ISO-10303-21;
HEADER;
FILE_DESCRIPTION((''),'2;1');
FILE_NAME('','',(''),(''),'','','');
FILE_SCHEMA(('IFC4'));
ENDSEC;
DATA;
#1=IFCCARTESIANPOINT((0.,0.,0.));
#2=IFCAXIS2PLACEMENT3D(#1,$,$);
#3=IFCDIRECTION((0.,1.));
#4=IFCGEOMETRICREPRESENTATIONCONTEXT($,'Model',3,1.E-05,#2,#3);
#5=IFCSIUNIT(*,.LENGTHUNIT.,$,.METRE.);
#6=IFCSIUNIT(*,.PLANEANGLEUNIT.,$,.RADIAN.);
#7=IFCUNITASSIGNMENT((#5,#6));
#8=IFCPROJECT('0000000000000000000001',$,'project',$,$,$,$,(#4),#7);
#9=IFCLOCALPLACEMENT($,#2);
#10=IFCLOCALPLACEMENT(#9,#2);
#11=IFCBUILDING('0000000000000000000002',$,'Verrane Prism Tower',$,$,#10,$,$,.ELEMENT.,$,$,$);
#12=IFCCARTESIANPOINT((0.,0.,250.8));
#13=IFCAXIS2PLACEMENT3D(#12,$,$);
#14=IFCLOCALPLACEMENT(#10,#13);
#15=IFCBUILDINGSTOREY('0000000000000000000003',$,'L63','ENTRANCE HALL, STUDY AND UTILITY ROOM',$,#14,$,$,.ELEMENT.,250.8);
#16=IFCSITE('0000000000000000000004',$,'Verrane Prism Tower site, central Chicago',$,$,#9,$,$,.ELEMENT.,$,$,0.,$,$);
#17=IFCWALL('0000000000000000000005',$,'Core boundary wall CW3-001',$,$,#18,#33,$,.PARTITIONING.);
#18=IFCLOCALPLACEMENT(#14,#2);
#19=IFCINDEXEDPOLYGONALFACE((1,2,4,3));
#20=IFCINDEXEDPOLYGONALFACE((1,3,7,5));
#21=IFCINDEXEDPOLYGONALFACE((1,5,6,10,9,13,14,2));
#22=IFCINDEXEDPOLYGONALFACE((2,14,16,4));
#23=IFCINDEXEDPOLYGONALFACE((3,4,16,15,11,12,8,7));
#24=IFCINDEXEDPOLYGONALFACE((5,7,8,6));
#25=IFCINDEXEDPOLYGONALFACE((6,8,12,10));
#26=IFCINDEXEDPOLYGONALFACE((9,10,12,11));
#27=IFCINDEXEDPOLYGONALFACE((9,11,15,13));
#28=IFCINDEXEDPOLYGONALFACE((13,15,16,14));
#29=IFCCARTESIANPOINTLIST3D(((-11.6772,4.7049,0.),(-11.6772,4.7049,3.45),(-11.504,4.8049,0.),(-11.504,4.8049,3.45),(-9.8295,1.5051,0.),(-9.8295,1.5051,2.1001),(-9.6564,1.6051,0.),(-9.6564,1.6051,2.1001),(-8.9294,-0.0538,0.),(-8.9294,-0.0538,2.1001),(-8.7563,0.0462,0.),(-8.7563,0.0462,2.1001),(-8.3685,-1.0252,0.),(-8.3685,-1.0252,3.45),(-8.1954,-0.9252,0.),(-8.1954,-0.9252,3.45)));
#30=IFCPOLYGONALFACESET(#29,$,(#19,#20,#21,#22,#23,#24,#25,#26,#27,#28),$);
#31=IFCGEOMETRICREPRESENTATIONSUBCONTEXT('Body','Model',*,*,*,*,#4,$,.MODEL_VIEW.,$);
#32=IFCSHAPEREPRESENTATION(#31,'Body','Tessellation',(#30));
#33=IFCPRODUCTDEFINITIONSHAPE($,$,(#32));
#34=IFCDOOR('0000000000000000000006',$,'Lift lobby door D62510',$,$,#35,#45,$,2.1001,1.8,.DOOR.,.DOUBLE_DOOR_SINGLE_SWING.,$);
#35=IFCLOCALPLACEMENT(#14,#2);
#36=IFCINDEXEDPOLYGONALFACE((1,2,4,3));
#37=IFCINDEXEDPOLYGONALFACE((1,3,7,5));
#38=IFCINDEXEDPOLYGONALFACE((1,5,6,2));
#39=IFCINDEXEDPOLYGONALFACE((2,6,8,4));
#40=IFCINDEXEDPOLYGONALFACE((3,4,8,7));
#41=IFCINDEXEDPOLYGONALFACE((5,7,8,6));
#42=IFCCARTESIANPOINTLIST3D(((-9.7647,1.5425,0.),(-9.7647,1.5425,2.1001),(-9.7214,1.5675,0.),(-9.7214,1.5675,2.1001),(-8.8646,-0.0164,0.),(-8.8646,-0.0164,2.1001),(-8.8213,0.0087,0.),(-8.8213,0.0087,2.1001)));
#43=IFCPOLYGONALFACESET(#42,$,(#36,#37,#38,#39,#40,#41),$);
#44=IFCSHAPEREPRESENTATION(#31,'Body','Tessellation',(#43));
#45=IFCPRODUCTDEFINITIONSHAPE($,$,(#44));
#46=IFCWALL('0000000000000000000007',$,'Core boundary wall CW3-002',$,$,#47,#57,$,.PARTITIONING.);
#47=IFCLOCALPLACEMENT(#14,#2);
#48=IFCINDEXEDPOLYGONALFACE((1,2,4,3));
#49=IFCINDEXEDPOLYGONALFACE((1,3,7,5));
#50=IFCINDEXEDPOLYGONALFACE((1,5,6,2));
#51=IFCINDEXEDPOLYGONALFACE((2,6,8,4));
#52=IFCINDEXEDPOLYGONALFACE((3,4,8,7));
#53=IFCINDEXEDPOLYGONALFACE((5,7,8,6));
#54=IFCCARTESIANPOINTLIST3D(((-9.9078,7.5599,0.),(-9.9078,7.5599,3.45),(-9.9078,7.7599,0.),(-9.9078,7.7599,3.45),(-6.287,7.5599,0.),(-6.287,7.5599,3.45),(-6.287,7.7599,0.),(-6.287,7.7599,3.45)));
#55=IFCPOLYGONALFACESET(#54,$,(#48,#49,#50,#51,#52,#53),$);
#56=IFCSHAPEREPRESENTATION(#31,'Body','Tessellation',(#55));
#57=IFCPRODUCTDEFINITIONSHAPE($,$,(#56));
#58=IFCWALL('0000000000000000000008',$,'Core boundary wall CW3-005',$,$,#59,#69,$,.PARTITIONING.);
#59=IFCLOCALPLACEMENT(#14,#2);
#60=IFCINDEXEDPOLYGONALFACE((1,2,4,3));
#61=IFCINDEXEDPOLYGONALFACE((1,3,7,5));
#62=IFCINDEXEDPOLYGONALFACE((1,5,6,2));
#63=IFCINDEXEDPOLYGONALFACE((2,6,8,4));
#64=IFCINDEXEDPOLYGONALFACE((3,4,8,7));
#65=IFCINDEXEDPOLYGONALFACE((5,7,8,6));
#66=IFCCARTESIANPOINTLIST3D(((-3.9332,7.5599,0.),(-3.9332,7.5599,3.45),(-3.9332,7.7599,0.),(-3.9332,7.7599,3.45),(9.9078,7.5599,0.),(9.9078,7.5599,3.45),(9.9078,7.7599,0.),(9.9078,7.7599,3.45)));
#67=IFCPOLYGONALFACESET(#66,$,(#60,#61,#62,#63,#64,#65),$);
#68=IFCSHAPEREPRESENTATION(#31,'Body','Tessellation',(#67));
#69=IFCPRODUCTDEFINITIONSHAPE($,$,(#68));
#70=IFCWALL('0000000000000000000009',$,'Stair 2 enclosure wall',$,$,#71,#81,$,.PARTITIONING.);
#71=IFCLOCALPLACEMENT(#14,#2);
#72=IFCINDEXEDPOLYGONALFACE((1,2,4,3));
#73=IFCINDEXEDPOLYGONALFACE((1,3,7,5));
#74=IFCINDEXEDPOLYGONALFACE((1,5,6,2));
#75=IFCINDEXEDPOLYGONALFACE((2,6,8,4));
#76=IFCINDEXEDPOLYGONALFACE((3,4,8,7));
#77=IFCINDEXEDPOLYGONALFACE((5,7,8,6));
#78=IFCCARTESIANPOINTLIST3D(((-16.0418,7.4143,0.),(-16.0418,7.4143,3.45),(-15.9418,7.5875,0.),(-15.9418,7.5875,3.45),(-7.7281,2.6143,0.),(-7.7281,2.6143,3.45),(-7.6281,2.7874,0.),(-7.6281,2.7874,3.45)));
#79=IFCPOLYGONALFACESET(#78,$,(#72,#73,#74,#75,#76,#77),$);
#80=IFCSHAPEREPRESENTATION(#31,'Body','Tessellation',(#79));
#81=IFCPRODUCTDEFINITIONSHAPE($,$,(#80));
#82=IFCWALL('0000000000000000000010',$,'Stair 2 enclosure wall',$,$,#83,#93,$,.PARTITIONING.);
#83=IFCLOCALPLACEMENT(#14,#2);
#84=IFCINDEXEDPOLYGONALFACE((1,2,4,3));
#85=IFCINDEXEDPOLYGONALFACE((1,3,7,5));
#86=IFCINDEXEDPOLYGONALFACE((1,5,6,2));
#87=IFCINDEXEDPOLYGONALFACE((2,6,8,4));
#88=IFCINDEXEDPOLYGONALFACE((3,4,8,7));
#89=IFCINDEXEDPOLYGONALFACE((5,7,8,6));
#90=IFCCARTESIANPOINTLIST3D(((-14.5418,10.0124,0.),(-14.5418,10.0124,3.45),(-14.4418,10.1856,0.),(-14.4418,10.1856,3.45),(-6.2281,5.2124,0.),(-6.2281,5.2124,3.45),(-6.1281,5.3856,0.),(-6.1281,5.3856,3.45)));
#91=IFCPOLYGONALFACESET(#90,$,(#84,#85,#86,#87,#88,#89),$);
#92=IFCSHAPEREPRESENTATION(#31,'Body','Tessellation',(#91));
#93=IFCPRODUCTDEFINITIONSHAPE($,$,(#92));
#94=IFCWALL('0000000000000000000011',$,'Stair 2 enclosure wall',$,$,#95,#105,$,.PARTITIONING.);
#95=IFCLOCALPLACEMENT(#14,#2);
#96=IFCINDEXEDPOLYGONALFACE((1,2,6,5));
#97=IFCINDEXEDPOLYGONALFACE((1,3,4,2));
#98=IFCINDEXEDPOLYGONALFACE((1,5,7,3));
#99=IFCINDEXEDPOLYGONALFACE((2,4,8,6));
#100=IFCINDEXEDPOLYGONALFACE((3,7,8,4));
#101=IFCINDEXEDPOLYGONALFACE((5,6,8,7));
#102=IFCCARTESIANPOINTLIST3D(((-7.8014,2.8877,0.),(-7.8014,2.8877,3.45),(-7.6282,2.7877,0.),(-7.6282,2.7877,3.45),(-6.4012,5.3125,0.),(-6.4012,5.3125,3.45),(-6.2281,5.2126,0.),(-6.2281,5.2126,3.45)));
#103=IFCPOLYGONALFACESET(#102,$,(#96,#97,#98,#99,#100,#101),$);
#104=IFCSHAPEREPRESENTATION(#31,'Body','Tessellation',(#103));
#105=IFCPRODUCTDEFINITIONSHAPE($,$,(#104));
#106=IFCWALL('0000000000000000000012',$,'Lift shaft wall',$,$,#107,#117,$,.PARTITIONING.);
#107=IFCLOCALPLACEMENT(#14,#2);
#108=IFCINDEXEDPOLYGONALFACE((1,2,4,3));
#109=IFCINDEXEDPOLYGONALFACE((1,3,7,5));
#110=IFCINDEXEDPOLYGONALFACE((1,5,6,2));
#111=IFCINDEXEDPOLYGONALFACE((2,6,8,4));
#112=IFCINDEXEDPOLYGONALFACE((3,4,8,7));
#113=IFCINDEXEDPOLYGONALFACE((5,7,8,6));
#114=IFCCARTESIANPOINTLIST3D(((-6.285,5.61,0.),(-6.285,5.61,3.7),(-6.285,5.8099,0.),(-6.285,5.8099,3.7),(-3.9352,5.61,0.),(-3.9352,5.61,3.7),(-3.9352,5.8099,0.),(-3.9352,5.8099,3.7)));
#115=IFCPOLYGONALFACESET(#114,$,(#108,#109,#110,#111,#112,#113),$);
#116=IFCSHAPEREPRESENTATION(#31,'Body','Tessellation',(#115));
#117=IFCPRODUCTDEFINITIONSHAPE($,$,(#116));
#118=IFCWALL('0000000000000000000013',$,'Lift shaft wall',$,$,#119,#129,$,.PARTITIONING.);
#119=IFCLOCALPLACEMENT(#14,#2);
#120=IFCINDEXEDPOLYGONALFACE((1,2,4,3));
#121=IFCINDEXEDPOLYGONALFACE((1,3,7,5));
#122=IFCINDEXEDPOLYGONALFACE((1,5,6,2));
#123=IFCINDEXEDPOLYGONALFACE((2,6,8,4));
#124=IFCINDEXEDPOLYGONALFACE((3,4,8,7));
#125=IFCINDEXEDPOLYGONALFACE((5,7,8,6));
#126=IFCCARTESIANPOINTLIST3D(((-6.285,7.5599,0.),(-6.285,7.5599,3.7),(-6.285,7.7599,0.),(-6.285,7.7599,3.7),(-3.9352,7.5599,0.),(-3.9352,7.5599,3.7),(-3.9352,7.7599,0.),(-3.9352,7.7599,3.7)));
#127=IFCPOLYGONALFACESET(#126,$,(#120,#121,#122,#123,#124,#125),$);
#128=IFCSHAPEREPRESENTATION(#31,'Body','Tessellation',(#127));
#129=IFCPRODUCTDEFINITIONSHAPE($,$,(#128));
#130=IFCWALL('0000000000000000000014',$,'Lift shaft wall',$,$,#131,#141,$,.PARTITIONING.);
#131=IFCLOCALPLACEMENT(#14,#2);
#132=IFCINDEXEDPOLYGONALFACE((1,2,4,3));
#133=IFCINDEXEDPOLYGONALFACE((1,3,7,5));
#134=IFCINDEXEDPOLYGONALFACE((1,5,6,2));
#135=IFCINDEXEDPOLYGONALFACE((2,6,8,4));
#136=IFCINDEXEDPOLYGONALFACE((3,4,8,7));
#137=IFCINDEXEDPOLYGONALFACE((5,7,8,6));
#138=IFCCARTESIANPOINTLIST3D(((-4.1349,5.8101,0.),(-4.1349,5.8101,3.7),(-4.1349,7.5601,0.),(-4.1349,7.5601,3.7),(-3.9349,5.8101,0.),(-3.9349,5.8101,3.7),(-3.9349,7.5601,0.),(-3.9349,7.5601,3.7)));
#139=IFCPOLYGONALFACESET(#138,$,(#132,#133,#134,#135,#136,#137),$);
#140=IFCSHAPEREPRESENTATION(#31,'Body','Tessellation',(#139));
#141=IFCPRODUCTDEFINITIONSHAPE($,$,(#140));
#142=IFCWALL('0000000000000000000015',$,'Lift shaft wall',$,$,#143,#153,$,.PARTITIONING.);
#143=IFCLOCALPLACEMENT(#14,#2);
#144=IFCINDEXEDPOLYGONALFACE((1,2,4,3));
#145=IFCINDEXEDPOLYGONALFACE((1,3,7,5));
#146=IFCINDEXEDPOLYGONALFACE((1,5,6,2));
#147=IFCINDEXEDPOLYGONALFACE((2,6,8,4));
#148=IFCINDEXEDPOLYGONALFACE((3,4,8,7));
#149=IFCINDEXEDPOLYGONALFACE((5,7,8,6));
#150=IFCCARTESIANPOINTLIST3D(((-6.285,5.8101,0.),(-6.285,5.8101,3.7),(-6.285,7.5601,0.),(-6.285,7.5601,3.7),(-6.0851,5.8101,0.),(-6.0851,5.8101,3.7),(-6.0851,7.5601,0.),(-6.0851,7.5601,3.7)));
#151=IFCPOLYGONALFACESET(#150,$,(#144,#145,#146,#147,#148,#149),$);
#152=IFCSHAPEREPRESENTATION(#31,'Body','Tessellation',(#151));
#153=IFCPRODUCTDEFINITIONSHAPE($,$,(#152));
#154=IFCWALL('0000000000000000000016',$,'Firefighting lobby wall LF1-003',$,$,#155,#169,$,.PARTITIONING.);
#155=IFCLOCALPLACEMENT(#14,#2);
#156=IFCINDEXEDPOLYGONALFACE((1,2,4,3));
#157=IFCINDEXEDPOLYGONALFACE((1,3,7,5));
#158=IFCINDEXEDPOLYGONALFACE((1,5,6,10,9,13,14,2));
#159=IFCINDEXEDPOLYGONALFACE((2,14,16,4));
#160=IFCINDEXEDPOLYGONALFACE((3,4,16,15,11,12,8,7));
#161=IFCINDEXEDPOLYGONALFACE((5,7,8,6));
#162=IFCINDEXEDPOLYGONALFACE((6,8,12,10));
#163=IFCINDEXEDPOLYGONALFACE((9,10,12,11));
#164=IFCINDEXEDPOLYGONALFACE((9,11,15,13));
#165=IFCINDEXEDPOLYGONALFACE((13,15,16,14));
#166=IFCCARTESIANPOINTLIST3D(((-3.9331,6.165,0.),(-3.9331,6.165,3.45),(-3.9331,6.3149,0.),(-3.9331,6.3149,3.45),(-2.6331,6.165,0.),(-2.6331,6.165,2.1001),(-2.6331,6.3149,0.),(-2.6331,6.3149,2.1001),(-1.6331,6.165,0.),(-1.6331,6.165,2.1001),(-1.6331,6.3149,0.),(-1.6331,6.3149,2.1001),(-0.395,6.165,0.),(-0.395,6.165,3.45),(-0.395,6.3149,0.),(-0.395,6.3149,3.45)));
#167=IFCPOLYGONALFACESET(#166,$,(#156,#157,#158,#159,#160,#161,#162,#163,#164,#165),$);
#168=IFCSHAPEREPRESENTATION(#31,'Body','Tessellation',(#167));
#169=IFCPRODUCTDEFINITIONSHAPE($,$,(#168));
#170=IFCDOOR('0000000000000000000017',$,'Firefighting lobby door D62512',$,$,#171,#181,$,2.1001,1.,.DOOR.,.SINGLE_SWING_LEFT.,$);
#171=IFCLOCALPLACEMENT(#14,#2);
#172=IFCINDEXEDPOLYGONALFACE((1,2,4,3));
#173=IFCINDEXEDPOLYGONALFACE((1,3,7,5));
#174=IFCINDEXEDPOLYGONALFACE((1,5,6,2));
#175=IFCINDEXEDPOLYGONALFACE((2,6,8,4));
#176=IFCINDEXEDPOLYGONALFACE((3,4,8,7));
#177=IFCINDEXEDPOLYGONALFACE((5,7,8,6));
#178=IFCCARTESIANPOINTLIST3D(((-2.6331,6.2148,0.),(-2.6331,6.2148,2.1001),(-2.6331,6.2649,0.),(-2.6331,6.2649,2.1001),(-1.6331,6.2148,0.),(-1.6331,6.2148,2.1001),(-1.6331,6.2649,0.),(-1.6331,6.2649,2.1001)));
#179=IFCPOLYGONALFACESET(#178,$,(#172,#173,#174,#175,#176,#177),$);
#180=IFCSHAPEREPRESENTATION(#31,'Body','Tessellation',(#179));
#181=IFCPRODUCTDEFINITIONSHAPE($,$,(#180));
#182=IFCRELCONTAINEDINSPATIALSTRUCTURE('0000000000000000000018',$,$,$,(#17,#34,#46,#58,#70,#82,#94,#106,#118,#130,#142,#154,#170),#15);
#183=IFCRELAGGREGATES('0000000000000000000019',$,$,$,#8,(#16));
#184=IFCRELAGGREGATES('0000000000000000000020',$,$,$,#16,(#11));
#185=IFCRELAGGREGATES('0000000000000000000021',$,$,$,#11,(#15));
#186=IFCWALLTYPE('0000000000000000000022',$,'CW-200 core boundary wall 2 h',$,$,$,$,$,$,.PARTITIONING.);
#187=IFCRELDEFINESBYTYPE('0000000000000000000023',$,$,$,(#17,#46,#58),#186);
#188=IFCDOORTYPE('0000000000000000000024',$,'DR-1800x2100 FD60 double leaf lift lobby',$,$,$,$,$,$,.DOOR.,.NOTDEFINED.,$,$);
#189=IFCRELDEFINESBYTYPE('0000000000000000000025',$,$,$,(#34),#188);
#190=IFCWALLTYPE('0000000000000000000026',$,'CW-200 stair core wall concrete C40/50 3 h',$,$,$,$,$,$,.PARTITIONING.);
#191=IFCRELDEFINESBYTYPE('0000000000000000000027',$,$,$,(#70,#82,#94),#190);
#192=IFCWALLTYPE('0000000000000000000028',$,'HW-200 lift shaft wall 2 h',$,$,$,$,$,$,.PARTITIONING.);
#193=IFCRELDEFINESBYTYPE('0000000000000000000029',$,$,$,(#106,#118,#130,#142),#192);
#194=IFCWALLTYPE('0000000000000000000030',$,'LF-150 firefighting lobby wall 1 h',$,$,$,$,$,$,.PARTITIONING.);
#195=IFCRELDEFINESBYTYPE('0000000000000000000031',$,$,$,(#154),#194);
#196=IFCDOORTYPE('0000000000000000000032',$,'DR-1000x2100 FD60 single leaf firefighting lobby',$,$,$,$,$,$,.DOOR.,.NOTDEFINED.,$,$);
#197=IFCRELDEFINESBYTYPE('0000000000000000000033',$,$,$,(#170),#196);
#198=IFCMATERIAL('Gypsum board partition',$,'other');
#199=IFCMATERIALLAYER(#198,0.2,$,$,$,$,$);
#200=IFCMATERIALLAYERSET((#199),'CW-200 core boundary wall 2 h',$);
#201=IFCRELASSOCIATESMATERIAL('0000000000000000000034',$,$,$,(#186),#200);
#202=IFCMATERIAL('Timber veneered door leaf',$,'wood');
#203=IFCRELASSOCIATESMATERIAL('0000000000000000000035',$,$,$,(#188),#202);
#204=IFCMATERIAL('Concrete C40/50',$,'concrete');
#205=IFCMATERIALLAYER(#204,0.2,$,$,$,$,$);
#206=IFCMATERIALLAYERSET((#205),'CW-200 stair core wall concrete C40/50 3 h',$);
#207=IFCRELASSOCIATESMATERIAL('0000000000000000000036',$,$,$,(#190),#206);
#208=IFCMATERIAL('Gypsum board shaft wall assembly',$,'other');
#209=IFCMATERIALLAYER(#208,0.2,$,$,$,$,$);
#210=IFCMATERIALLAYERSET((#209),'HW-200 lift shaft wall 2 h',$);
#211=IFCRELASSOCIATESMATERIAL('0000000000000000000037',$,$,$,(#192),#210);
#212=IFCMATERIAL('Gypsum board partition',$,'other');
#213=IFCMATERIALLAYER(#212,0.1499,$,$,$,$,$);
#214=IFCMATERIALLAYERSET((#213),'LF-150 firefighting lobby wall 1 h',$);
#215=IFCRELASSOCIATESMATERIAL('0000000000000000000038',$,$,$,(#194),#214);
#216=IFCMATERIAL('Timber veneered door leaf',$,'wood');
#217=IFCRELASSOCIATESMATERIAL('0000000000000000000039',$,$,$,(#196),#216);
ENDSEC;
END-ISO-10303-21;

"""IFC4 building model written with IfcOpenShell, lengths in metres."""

from ifc_helpers import new_model, si_unit, direction, frame, frame_2d, origin, place, context, subcontext, project, spatial, rectangle, extrude, material, layer, layer_set, type_object, element, fill, save


model = new_model("IFC4")

# Units and contexts
model_context = context("Model", 3, precision=1e-05, world=origin(), true_north=direction((0.0, 1.0)))
body_context = subcontext(model_context, "Body", "Model", "MODEL_VIEW")
ifc_project = project(units=[si_unit("LENGTHUNIT", "METRE"), si_unit("PLANEANGLEUNIT", "RADIAN")], contexts=[model_context])

# Site, building, storey
site_placement = place(None, origin())
site = spatial("IfcSite", under=ifc_project, at=site_placement, Name="Verrane Prism Tower site, central Chicago", CompositionType="ELEMENT", RefElevation=0.0)
building_placement = place(site_placement, origin())
building = spatial("IfcBuilding", under=site, at=building_placement, Name="Verrane Prism Tower", CompositionType="ELEMENT")
storey_placement = place(building_placement, frame((0.0, 0.0, 250.8)))
storey = spatial("IfcBuildingStorey", under=building, at=storey_placement, Name="L63", Description="ENTRANCE HALL, STUDY AND UTILITY ROOM", CompositionType="ELEMENT", Elevation=250.8)

# Wall, opening, door
ifc_material_1 = material(Name="Gypsum board partition", Category="other")
ifc_layer_1 = layer(ifc_material_1, 0.2)
ifc_layer_set_1 = layer_set([ifc_layer_1], Name="CW-200 core boundary wall 2 h")
wall_type_1 = type_object("IfcWallType", Name="CW-200 core boundary wall 2 h", PredefinedType="PARTITIONING", material=ifc_layer_set_1)
wall_1_placement = place(storey_placement, frame((-11.5906, 4.7549, 0.0), z_axis=(0.0, 0.0, 1.0), x_axis=(0.500044, -0.866, 0.0)))
wall_1 = element("IfcWall", 1, at=wall_1_placement, inside=storey, type_object=wall_type_1, Name="Core boundary wall CW3-001", PredefinedType="PARTITIONING", context=body_context, shape_type="SweptSolid", body=[
    extrude(rectangle(XDim=6.6167, YDim=0.2, at=frame_2d((3.3083, 0.0))), origin(), (0.0, 0.0, 1.0), 3.45),
])
opening_1_placement = place(wall_1_placement, frame((3.6951, 0.0, 0.0)))
opening_1 = element("IfcOpeningElement", 2, at=opening_1_placement, cuts=wall_1, PredefinedType="OPENING", context=body_context, shape_type="SweptSolid", body=[
    extrude(rectangle(XDim=1.8, YDim=2.1001, at=frame_2d((0.8999, 1.05))), frame((0.0, 0.1099, 0.0), z_axis=(0.0, -1.0, 0.0), x_axis=(1.0, 0.0, 0.0)), (0.0, 0.0, 1.0), 0.22),
])
ifc_material_2 = material(Name="Timber veneered door leaf", Category="wood")
door_type_1 = type_object("IfcDoorType", Name="DR-1800x2100 FD60 double leaf lift lobby", OperationType="NOTDEFINED", PredefinedType="DOOR", material=ifc_material_2)
door_1_placement = place(opening_1_placement, origin())
door_1 = element("IfcDoor", 3, at=door_1_placement, inside=storey, type_object=door_type_1, Name="Lift lobby door D62510", OperationType="DOUBLE_DOOR_SINGLE_SWING", OverallHeight=2.1001, OverallWidth=1.8, PredefinedType="DOOR", context=body_context, shape_type="SweptSolid", body=[
    extrude(rectangle(XDim=1.8, YDim=2.1001, at=frame_2d((0.8999, 1.05))), frame((0.0, 0.0249, 0.0), z_axis=(0.0, -1.0, 0.0), x_axis=(1.0, 0.0, 0.0)), (0.0, 0.0, 1.0), 0.05),
])
fill(opening_1, door_1)

# Walls
wall_2_placement = place(storey_placement, frame((-9.908, 7.6599, 0.0), z_axis=(0.0, 0.0, 1.0), x_axis=(1.0, 0.0, 0.0)))
element("IfcWall", 4, at=wall_2_placement, inside=storey, type_object=wall_type_1, Name="Core boundary wall CW3-002", PredefinedType="PARTITIONING", context=body_context, shape_type="SweptSolid", body=[
    extrude(rectangle(XDim=3.6208, YDim=0.2, at=frame_2d((1.8105, 0.0))), origin(), (0.0, 0.0, 1.0), 3.45),
])
wall_3_placement = place(storey_placement, frame((-3.9331, 7.6599, 0.0), z_axis=(0.0, 0.0, 1.0), x_axis=(1.0, 0.0, 0.0)))
element("IfcWall", 5, at=wall_3_placement, inside=storey, type_object=wall_type_1, Name="Core boundary wall CW3-005", PredefinedType="PARTITIONING", context=body_context, shape_type="SweptSolid", body=[
    extrude(rectangle(XDim=13.8411, YDim=0.2, at=frame_2d((6.9204, 0.0))), origin(), (0.0, 0.0, 1.0), 3.45),
])
ifc_material_3 = material(Name="Concrete C40/50", Category="concrete")
ifc_layer_2 = layer(ifc_material_3, 0.2)
ifc_layer_set_2 = layer_set([ifc_layer_2], Name="CW-200 stair core wall concrete C40/50 3 h")
wall_type_2 = type_object("IfcWallType", Name="CW-200 stair core wall concrete C40/50 3 h", PredefinedType="PARTITIONING", material=ifc_layer_set_2)
for number, where, z_axis, x_axis, name in (
    (6, (-7.6782, 2.7009, 0.0), (0.0, 0.0, 1.0), (-0.86602, 0.500009, 0.0), "Stair 2 enclosure wall"),
    (7, (-6.1782, 5.2991, 0.0), (0.0, 0.0, 1.0), (-0.86602, 0.500009, 0.0), "Stair 2 enclosure wall"),
):
    element("IfcWall", number, at=place(storey_placement, frame(where, z_axis=z_axis, x_axis=x_axis)), inside=storey, type_object=wall_type_2, Name=name, PredefinedType="PARTITIONING", context=body_context, shape_type="SweptSolid", body=[
        extrude(rectangle(XDim=9.5999, YDim=0.2, at=frame_2d((4.7998, 0.0))), origin(), (0.0, 0.0, 1.0), 3.45),
    ])
wall_4_placement = place(storey_placement, frame((-6.3147, 5.2625, 0.0), z_axis=(0.0, 0.0, 1.0), x_axis=(-0.50005, -0.865997, 0.0)))
element("IfcWall", 8, at=wall_4_placement, inside=storey, type_object=wall_type_2, Name="Stair 2 enclosure wall", PredefinedType="PARTITIONING", context=body_context, shape_type="SweptSolid", body=[
    extrude(rectangle(XDim=2.8, YDim=0.2, at=frame_2d((1.3999, 0.0))), origin(), (0.0, 0.0, 1.0), 3.45),
])
ifc_material_4 = material(Name="Gypsum board shaft wall assembly", Category="other")
ifc_layer_3 = layer(ifc_material_4, 0.2)
ifc_layer_set_3 = layer_set([ifc_layer_3], Name="HW-200 lift shaft wall 2 h")
wall_type_3 = type_object("IfcWallType", Name="HW-200 lift shaft wall 2 h", PredefinedType="PARTITIONING", material=ifc_layer_set_3)
for number, where, z_axis, x_axis, name in (
    (9, (-6.2849, 5.71, 0.0), (0.0, 0.0, 1.0), (1.0, 0.0, 0.0), "Lift shaft wall"),
    (10, (-6.2849, 7.6599, 0.0), (0.0, 0.0, 1.0), (1.0, 0.0, 0.0), "Lift shaft wall"),
):
    element("IfcWall", number, at=place(storey_placement, frame(where, z_axis=z_axis, x_axis=x_axis)), inside=storey, type_object=wall_type_3, Name=name, PredefinedType="PARTITIONING", context=body_context, shape_type="SweptSolid", body=[
        extrude(rectangle(XDim=2.3499, YDim=0.2, at=frame_2d((1.1748, 0.0))), origin(), (0.0, 0.0, 1.0), 3.7),
    ])
for number, where, z_axis, x_axis, name in (
    (11, (-4.0349, 5.8101, 0.0), (0.0, 0.0, 1.0), (0.0, 1.0, 0.0), "Lift shaft wall"),
    (12, (-6.1851, 5.8101, 0.0), (0.0, 0.0, 1.0), (0.0, 1.0, 0.0), "Lift shaft wall"),
):
    element("IfcWall", number, at=place(storey_placement, frame(where, z_axis=z_axis, x_axis=x_axis)), inside=storey, type_object=wall_type_3, Name=name, PredefinedType="PARTITIONING", context=body_context, shape_type="SweptSolid", body=[
        extrude(rectangle(XDim=1.75, YDim=0.2, at=frame_2d((0.875, 0.0))), origin(), (0.0, 0.0, 1.0), 3.7),
    ])

# Wall, opening, door
ifc_material_5 = material(Name="Gypsum board partition", Category="other")
ifc_layer_4 = layer(ifc_material_5, 0.1499)
ifc_layer_set_4 = layer_set([ifc_layer_4], Name="LF-150 firefighting lobby wall 1 h")
wall_type_4 = type_object("IfcWallType", Name="LF-150 firefighting lobby wall 1 h", PredefinedType="PARTITIONING", material=ifc_layer_set_4)
wall_5_placement = place(storey_placement, frame((-3.9331, 6.24, 0.0), z_axis=(0.0, 0.0, 1.0), x_axis=(1.0, 0.0, 0.0)))
wall_5 = element("IfcWall", 13, at=wall_5_placement, inside=storey, type_object=wall_type_4, Name="Firefighting lobby wall LF1-003", PredefinedType="PARTITIONING", context=body_context, shape_type="SweptSolid", body=[
    extrude(rectangle(XDim=3.5381, YDim=0.1499, at=frame_2d((1.769, 0.0))), origin(), (0.0, 0.0, 1.0), 3.45),
])
opening_2_placement = place(wall_5_placement, frame((1.3, 0.0, 0.0)))
opening_2 = element("IfcOpeningElement", 14, at=opening_2_placement, cuts=wall_5, PredefinedType="OPENING", context=body_context, shape_type="SweptSolid", body=[
    extrude(rectangle(XDim=1.0, YDim=2.1001, at=frame_2d((0.5, 1.05))), frame((0.0, 0.085, 0.0), z_axis=(0.0, -1.0, 0.0), x_axis=(1.0, 0.0, 0.0)), (0.0, 0.0, 1.0), 0.1699),
])
ifc_material_6 = material(Name="Timber veneered door leaf", Category="wood")
door_type_2 = type_object("IfcDoorType", Name="DR-1000x2100 FD60 single leaf firefighting lobby", OperationType="NOTDEFINED", PredefinedType="DOOR", material=ifc_material_6)
door_2_placement = place(opening_2_placement, origin())
door_2 = element("IfcDoor", 15, at=door_2_placement, inside=storey, type_object=door_type_2, Name="Firefighting lobby door D62512", OperationType="SINGLE_SWING_LEFT", OverallHeight=2.1001, OverallWidth=1.0, PredefinedType="DOOR", context=body_context, shape_type="SweptSolid", body=[
    extrude(rectangle(XDim=1.0, YDim=2.1001, at=frame_2d((0.5, 1.05))), frame((0.0, 0.0249, 0.0), z_axis=(0.0, -1.0, 0.0), x_axis=(1.0, 0.0, 0.0)), (0.0, 0.0, 1.0), 0.05),
])
fill(opening_2, door_2)

save(model, "model.ifc")
